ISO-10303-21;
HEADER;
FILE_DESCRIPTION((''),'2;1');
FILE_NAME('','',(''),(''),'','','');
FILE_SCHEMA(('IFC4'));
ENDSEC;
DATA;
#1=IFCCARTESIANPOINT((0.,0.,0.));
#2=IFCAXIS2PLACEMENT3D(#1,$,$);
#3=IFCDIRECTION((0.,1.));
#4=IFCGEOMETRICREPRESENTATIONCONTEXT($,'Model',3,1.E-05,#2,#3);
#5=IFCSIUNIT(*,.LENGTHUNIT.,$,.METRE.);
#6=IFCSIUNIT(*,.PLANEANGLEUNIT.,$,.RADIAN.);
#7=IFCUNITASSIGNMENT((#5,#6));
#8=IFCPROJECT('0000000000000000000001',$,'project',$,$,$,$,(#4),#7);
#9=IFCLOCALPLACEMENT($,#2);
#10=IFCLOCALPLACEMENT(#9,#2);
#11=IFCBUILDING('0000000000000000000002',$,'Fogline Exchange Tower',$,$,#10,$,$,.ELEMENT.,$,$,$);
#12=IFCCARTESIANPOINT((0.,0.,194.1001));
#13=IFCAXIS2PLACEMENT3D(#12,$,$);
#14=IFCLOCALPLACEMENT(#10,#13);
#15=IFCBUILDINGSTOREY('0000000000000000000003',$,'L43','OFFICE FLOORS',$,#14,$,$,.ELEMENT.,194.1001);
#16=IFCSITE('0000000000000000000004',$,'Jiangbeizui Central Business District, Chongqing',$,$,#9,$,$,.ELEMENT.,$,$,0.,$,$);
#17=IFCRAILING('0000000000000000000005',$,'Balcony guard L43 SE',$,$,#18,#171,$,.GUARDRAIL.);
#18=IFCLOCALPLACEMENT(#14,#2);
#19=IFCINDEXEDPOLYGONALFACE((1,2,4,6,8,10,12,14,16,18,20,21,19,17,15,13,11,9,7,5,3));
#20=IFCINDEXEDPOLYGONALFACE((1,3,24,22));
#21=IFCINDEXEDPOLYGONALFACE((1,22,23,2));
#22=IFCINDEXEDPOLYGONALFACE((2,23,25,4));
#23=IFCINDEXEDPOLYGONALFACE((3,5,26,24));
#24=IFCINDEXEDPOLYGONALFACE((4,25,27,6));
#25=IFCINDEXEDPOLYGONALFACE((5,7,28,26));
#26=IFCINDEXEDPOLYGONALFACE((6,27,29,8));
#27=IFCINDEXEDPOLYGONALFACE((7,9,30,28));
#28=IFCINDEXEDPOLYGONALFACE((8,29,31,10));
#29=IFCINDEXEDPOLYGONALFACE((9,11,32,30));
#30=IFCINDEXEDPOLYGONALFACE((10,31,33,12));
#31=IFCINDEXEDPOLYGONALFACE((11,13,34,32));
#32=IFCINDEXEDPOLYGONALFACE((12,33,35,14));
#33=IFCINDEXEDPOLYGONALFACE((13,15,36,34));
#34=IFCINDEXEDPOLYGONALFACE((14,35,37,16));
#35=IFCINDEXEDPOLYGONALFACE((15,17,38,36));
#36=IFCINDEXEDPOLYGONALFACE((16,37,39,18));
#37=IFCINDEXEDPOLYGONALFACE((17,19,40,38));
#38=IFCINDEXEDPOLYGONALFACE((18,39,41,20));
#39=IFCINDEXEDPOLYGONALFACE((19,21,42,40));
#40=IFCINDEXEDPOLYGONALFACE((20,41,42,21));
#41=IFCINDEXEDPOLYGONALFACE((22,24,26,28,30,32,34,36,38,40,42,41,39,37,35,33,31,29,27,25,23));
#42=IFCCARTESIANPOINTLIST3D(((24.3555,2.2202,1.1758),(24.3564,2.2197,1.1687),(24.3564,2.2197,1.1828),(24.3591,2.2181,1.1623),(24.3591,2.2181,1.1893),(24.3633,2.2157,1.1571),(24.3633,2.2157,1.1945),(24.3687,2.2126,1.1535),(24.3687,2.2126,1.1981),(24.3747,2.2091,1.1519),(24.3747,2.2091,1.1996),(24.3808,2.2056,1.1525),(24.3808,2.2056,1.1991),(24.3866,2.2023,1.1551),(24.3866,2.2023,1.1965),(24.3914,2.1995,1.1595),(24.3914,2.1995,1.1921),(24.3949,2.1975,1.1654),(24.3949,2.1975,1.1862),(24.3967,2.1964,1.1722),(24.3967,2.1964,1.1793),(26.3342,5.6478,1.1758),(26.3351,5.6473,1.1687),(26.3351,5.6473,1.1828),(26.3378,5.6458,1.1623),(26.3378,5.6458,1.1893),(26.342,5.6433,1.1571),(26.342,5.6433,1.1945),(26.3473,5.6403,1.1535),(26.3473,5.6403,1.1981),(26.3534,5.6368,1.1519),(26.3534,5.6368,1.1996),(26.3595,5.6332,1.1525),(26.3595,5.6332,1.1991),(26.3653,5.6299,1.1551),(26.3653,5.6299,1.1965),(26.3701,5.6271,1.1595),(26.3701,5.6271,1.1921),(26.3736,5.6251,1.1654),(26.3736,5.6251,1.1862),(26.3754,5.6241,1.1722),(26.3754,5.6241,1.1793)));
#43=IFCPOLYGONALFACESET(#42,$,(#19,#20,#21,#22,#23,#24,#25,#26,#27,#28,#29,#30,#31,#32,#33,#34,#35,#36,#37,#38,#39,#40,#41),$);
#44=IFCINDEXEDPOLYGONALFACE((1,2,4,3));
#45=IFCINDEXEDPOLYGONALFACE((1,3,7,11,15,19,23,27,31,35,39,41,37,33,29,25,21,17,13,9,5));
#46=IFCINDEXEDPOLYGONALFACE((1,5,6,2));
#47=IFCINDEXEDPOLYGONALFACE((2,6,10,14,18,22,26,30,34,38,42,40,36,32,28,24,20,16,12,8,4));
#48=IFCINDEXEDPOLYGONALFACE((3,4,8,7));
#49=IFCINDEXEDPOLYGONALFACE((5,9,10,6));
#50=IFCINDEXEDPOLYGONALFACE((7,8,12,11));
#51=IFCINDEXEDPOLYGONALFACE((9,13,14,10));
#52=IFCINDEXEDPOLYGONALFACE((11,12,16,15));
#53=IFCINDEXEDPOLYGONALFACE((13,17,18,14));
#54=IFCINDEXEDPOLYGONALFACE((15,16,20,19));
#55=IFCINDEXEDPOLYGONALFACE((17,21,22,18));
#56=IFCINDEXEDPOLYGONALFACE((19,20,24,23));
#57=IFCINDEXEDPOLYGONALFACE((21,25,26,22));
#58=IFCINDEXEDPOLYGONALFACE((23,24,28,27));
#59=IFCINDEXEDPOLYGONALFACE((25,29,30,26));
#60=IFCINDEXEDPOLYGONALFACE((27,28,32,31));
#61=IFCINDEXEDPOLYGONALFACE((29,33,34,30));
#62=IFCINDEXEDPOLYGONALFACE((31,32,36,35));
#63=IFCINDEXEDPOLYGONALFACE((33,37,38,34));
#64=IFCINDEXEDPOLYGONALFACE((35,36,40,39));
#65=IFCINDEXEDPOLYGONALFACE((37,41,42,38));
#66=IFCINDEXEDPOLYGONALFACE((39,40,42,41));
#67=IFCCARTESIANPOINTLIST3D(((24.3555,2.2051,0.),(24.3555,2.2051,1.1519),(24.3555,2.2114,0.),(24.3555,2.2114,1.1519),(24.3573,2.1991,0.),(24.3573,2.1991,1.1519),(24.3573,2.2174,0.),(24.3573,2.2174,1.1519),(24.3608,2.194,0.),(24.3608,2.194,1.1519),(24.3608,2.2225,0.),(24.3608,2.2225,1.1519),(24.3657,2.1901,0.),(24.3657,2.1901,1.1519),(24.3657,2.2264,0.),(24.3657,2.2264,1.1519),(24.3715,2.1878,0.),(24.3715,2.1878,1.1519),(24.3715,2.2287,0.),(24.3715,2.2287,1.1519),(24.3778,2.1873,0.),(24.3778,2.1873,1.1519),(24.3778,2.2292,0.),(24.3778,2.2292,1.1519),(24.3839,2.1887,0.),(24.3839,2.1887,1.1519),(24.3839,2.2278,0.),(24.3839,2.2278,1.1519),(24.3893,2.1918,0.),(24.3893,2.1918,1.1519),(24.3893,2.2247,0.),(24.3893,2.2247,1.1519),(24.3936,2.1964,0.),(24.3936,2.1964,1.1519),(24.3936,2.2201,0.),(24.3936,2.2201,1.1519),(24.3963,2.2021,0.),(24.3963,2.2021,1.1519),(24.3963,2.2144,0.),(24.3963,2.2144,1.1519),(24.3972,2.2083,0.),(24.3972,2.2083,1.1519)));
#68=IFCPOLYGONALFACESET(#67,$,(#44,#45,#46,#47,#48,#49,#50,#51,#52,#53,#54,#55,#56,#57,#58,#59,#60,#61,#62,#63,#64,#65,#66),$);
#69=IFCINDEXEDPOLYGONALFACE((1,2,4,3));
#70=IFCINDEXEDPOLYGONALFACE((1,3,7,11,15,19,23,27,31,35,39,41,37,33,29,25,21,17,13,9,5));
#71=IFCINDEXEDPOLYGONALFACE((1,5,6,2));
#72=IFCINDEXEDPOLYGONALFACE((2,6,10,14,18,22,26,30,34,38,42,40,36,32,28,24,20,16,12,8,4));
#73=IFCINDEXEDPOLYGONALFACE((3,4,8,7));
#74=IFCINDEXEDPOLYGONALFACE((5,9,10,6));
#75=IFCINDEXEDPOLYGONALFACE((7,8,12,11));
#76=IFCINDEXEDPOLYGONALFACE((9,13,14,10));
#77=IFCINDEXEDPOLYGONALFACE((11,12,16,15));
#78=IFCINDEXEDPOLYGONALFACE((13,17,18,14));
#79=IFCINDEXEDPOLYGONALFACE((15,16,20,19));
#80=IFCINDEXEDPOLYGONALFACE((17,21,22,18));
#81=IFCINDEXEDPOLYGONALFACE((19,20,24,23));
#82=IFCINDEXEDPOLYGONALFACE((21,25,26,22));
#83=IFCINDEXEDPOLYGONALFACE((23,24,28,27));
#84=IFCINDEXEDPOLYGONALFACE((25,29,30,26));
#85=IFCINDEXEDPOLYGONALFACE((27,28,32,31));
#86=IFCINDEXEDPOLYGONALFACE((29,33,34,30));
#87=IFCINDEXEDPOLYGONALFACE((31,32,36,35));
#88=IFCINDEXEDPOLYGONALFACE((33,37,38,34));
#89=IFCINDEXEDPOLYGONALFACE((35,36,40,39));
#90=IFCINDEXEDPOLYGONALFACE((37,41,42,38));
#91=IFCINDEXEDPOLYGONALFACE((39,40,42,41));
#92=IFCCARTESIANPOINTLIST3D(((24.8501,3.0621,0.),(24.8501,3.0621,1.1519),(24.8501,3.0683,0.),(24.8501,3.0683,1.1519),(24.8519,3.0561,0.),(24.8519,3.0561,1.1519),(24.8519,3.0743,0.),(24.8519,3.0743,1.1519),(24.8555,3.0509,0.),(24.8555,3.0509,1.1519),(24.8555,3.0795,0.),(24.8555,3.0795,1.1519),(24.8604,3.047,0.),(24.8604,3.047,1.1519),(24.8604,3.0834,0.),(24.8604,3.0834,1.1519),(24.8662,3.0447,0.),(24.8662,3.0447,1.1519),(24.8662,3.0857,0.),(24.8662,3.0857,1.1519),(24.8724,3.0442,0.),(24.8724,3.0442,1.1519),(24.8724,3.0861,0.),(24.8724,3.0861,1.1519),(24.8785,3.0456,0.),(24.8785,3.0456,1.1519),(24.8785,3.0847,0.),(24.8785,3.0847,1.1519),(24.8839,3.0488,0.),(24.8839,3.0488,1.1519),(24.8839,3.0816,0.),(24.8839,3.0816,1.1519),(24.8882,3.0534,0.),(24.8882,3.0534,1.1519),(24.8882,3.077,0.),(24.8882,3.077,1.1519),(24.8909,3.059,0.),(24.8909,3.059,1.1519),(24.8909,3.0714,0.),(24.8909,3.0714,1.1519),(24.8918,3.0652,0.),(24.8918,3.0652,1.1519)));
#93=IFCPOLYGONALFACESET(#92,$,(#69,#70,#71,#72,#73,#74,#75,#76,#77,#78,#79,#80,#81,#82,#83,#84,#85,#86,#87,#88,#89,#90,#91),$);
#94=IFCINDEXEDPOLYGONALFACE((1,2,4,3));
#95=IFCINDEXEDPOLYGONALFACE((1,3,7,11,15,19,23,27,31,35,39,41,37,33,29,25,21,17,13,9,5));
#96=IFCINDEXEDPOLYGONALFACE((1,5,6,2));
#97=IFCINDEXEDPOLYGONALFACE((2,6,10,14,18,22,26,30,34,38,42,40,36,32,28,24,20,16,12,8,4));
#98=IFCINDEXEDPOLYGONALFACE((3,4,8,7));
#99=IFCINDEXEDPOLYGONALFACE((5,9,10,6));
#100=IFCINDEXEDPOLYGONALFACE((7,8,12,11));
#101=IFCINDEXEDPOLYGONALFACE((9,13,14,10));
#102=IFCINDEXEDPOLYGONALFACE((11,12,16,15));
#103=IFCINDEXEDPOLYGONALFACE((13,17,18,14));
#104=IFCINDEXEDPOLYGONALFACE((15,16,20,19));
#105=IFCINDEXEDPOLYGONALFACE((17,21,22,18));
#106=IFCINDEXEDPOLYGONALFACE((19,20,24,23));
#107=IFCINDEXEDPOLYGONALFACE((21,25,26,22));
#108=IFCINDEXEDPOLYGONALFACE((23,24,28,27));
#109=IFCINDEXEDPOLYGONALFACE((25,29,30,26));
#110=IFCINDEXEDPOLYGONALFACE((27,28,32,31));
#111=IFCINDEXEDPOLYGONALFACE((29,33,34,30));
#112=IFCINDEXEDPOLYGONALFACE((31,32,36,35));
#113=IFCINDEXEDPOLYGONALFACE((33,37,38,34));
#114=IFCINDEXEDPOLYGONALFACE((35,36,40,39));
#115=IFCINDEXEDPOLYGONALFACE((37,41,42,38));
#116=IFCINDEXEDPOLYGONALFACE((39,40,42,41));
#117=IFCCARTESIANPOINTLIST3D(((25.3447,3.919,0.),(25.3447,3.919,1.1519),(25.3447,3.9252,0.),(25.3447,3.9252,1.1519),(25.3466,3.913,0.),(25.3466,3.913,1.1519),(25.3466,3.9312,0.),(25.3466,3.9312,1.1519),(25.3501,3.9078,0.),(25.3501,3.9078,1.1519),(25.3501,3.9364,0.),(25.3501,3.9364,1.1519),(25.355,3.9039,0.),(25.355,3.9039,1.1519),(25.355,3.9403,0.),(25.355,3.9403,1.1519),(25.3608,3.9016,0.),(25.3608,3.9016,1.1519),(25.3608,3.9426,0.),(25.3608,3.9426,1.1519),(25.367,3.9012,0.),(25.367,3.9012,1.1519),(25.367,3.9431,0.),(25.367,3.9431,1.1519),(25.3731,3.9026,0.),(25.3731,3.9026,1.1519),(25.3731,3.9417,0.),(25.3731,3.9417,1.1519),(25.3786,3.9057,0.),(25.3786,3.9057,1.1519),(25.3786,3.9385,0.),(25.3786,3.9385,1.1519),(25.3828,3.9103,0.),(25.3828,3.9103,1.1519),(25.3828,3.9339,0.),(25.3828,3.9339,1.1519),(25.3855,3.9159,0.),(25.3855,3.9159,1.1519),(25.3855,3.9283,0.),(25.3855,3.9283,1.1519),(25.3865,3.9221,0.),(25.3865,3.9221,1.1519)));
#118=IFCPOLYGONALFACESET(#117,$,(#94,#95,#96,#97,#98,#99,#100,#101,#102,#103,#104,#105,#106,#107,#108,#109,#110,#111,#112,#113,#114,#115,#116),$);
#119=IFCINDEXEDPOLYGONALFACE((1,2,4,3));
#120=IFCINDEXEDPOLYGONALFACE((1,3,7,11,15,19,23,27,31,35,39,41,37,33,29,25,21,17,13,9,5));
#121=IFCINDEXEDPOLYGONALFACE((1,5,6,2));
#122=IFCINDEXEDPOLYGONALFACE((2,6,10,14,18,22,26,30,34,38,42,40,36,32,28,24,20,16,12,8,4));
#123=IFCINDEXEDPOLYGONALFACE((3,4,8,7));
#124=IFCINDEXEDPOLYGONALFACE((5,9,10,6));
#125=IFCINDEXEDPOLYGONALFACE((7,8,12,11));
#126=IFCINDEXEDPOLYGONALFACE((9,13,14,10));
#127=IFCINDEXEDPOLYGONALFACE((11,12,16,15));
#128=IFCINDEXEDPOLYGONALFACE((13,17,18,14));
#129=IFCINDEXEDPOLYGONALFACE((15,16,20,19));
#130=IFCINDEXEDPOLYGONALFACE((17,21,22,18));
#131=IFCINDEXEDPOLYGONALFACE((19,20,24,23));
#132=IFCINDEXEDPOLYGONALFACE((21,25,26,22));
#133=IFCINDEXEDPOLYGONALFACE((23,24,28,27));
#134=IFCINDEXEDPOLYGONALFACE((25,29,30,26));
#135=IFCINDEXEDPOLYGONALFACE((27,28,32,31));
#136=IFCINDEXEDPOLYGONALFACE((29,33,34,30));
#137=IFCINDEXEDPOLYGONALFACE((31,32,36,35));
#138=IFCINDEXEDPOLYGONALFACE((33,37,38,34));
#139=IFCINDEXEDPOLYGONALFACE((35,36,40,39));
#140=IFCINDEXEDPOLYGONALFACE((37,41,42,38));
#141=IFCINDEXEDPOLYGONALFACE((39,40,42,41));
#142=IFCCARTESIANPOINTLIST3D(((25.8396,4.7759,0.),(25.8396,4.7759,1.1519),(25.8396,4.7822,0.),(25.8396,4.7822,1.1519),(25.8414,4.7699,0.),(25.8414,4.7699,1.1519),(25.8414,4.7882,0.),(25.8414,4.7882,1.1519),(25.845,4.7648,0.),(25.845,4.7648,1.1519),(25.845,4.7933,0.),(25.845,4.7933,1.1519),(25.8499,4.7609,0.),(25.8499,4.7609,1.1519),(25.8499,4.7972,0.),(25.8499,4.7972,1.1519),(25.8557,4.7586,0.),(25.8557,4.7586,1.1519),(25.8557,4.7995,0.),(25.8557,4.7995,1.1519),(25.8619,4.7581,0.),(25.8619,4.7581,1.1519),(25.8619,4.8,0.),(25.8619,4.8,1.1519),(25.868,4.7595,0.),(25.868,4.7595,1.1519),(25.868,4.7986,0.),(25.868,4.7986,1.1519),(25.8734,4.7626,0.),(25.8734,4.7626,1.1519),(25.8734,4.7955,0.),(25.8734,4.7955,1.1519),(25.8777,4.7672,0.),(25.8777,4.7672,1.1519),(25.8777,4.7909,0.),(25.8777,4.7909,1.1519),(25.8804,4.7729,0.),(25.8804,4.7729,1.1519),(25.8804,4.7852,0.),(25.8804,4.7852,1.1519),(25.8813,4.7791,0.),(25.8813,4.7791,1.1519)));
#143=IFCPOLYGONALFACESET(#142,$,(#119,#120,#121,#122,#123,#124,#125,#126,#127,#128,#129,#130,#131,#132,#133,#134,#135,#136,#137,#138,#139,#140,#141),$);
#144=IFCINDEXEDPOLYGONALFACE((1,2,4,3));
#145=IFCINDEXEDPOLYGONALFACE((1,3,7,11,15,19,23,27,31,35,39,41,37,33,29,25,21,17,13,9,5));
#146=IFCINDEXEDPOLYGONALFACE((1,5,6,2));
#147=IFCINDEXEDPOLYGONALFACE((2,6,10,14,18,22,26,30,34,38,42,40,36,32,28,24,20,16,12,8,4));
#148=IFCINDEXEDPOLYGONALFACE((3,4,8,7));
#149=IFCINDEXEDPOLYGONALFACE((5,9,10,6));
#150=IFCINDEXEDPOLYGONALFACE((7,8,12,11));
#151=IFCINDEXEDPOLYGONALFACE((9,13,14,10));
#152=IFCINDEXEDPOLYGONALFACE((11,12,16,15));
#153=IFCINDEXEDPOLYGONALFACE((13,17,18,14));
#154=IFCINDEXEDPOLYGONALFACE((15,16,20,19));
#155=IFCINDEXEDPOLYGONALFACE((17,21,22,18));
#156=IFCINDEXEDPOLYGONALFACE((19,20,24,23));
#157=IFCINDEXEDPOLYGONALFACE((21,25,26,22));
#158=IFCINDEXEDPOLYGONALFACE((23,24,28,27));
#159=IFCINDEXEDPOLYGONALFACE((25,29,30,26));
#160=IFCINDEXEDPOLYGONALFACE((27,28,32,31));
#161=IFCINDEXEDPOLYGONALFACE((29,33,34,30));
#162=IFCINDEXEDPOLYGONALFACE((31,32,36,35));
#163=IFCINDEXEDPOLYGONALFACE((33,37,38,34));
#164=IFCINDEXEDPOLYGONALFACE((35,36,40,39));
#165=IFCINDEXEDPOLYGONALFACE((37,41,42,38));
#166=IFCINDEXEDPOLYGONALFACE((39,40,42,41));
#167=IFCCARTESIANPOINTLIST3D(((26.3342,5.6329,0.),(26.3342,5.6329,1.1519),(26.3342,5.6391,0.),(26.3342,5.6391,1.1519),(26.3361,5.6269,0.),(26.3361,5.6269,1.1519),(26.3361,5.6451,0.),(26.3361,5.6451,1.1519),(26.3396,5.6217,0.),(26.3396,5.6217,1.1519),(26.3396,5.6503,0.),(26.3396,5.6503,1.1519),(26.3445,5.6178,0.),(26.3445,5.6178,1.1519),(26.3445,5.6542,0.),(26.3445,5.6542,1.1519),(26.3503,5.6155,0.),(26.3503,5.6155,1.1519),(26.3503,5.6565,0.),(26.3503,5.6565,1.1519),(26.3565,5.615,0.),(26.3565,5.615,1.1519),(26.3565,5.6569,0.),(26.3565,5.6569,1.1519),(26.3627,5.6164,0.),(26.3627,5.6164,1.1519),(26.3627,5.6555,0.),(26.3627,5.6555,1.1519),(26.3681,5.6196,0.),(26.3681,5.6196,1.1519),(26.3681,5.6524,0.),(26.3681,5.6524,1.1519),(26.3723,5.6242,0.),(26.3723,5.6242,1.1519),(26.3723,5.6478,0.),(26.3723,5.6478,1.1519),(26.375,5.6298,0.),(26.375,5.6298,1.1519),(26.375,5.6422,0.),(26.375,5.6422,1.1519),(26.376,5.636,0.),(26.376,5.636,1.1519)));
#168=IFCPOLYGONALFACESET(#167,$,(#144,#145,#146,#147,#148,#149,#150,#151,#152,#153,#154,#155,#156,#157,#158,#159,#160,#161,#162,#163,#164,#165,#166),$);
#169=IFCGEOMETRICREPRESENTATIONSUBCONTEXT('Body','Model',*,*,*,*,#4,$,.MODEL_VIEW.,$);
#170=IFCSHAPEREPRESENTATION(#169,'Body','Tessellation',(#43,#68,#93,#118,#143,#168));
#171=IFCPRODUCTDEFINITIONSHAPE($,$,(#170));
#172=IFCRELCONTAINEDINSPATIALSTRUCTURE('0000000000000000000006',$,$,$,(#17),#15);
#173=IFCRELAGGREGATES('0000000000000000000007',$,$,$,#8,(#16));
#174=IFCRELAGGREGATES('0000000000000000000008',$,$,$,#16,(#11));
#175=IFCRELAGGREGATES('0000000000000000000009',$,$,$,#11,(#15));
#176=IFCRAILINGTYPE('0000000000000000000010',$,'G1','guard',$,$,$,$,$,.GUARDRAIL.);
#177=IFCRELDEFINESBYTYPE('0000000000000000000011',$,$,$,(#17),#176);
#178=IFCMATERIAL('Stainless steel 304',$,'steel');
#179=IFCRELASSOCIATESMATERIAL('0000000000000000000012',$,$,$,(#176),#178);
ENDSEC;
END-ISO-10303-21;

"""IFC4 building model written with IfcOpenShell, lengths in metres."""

from ifc_helpers import new_model, si_unit, direction, frame, origin, origin_2d, place, context, subcontext, project, spatial, circle, extrude, material, type_object, element, save


model = new_model("IFC4")

# Units and contexts
model_context = context("Model", 3, precision=1e-05, world=origin(), true_north=direction((0.0, 1.0)))
body_context = subcontext(model_context, "Body", "Model", "MODEL_VIEW")
ifc_project = project(units=[si_unit("LENGTHUNIT", "METRE"), si_unit("PLANEANGLEUNIT", "RADIAN")], contexts=[model_context])

# Site, building, storey
site_placement = place(None, origin())
site = spatial("IfcSite", under=ifc_project, at=site_placement, Name="Jiangbeizui Central Business District, Chongqing", CompositionType="ELEMENT", RefElevation=0.0)
building_placement = place(site_placement, origin())
building = spatial("IfcBuilding", under=site, at=building_placement, Name="Fogline Exchange Tower", CompositionType="ELEMENT")
storey_placement = place(building_placement, frame((0.0, 0.0, 194.1001)))
storey = spatial("IfcBuildingStorey", under=building, at=storey_placement, Name="L43", Description="OFFICE FLOORS", CompositionType="ELEMENT", Elevation=194.1001)

# Railing
ifc_material_1 = material(Name="Stainless steel 304", Category="steel")
railing_type = type_object("IfcRailingType", Name="G1", Description="guard", PredefinedType="GUARDRAIL", material=ifc_material_1)
railing_placement = place(storey_placement, frame((24.3762, 2.2083, 0.0)))
element("IfcRailing", 1, at=railing_placement, inside=storey, type_object=railing_type, Name="Balcony guard L43 SE", PredefinedType="GUARDRAIL", context=body_context, shape_type="SweptSolid", body=[
    extrude(circle(Radius=0.0239, at=origin_2d()), frame((0.0, 0.0, 1.1758), z_axis=(0.499954, 0.866052, 0.0), x_axis=(-0.866052, 0.499954, 0.0)), (0.0, 0.0, 1.0), 3.9578),
    extrude(circle(Radius=0.021, at=origin_2d()), origin(), (0.0, 0.0, 1.0), 1.1519),
    extrude(circle(Radius=0.021, at=origin_2d()), frame((0.4946, 0.8569, 0.0)), (0.0, 0.0, 1.0), 1.1519),
    extrude(circle(Radius=0.021, at=origin_2d()), frame((0.9893, 1.7139, 0.0)), (0.0, 0.0, 1.0), 1.1519),
    extrude(circle(Radius=0.021, at=origin_2d()), frame((1.4841, 2.5708, 0.0)), (0.0, 0.0, 1.0), 1.1519),
    extrude(circle(Radius=0.021, at=origin_2d()), frame((1.9788, 3.4277, 0.0)), (0.0, 0.0, 1.0), 1.1519),
])

save(model, "model.ifc")
